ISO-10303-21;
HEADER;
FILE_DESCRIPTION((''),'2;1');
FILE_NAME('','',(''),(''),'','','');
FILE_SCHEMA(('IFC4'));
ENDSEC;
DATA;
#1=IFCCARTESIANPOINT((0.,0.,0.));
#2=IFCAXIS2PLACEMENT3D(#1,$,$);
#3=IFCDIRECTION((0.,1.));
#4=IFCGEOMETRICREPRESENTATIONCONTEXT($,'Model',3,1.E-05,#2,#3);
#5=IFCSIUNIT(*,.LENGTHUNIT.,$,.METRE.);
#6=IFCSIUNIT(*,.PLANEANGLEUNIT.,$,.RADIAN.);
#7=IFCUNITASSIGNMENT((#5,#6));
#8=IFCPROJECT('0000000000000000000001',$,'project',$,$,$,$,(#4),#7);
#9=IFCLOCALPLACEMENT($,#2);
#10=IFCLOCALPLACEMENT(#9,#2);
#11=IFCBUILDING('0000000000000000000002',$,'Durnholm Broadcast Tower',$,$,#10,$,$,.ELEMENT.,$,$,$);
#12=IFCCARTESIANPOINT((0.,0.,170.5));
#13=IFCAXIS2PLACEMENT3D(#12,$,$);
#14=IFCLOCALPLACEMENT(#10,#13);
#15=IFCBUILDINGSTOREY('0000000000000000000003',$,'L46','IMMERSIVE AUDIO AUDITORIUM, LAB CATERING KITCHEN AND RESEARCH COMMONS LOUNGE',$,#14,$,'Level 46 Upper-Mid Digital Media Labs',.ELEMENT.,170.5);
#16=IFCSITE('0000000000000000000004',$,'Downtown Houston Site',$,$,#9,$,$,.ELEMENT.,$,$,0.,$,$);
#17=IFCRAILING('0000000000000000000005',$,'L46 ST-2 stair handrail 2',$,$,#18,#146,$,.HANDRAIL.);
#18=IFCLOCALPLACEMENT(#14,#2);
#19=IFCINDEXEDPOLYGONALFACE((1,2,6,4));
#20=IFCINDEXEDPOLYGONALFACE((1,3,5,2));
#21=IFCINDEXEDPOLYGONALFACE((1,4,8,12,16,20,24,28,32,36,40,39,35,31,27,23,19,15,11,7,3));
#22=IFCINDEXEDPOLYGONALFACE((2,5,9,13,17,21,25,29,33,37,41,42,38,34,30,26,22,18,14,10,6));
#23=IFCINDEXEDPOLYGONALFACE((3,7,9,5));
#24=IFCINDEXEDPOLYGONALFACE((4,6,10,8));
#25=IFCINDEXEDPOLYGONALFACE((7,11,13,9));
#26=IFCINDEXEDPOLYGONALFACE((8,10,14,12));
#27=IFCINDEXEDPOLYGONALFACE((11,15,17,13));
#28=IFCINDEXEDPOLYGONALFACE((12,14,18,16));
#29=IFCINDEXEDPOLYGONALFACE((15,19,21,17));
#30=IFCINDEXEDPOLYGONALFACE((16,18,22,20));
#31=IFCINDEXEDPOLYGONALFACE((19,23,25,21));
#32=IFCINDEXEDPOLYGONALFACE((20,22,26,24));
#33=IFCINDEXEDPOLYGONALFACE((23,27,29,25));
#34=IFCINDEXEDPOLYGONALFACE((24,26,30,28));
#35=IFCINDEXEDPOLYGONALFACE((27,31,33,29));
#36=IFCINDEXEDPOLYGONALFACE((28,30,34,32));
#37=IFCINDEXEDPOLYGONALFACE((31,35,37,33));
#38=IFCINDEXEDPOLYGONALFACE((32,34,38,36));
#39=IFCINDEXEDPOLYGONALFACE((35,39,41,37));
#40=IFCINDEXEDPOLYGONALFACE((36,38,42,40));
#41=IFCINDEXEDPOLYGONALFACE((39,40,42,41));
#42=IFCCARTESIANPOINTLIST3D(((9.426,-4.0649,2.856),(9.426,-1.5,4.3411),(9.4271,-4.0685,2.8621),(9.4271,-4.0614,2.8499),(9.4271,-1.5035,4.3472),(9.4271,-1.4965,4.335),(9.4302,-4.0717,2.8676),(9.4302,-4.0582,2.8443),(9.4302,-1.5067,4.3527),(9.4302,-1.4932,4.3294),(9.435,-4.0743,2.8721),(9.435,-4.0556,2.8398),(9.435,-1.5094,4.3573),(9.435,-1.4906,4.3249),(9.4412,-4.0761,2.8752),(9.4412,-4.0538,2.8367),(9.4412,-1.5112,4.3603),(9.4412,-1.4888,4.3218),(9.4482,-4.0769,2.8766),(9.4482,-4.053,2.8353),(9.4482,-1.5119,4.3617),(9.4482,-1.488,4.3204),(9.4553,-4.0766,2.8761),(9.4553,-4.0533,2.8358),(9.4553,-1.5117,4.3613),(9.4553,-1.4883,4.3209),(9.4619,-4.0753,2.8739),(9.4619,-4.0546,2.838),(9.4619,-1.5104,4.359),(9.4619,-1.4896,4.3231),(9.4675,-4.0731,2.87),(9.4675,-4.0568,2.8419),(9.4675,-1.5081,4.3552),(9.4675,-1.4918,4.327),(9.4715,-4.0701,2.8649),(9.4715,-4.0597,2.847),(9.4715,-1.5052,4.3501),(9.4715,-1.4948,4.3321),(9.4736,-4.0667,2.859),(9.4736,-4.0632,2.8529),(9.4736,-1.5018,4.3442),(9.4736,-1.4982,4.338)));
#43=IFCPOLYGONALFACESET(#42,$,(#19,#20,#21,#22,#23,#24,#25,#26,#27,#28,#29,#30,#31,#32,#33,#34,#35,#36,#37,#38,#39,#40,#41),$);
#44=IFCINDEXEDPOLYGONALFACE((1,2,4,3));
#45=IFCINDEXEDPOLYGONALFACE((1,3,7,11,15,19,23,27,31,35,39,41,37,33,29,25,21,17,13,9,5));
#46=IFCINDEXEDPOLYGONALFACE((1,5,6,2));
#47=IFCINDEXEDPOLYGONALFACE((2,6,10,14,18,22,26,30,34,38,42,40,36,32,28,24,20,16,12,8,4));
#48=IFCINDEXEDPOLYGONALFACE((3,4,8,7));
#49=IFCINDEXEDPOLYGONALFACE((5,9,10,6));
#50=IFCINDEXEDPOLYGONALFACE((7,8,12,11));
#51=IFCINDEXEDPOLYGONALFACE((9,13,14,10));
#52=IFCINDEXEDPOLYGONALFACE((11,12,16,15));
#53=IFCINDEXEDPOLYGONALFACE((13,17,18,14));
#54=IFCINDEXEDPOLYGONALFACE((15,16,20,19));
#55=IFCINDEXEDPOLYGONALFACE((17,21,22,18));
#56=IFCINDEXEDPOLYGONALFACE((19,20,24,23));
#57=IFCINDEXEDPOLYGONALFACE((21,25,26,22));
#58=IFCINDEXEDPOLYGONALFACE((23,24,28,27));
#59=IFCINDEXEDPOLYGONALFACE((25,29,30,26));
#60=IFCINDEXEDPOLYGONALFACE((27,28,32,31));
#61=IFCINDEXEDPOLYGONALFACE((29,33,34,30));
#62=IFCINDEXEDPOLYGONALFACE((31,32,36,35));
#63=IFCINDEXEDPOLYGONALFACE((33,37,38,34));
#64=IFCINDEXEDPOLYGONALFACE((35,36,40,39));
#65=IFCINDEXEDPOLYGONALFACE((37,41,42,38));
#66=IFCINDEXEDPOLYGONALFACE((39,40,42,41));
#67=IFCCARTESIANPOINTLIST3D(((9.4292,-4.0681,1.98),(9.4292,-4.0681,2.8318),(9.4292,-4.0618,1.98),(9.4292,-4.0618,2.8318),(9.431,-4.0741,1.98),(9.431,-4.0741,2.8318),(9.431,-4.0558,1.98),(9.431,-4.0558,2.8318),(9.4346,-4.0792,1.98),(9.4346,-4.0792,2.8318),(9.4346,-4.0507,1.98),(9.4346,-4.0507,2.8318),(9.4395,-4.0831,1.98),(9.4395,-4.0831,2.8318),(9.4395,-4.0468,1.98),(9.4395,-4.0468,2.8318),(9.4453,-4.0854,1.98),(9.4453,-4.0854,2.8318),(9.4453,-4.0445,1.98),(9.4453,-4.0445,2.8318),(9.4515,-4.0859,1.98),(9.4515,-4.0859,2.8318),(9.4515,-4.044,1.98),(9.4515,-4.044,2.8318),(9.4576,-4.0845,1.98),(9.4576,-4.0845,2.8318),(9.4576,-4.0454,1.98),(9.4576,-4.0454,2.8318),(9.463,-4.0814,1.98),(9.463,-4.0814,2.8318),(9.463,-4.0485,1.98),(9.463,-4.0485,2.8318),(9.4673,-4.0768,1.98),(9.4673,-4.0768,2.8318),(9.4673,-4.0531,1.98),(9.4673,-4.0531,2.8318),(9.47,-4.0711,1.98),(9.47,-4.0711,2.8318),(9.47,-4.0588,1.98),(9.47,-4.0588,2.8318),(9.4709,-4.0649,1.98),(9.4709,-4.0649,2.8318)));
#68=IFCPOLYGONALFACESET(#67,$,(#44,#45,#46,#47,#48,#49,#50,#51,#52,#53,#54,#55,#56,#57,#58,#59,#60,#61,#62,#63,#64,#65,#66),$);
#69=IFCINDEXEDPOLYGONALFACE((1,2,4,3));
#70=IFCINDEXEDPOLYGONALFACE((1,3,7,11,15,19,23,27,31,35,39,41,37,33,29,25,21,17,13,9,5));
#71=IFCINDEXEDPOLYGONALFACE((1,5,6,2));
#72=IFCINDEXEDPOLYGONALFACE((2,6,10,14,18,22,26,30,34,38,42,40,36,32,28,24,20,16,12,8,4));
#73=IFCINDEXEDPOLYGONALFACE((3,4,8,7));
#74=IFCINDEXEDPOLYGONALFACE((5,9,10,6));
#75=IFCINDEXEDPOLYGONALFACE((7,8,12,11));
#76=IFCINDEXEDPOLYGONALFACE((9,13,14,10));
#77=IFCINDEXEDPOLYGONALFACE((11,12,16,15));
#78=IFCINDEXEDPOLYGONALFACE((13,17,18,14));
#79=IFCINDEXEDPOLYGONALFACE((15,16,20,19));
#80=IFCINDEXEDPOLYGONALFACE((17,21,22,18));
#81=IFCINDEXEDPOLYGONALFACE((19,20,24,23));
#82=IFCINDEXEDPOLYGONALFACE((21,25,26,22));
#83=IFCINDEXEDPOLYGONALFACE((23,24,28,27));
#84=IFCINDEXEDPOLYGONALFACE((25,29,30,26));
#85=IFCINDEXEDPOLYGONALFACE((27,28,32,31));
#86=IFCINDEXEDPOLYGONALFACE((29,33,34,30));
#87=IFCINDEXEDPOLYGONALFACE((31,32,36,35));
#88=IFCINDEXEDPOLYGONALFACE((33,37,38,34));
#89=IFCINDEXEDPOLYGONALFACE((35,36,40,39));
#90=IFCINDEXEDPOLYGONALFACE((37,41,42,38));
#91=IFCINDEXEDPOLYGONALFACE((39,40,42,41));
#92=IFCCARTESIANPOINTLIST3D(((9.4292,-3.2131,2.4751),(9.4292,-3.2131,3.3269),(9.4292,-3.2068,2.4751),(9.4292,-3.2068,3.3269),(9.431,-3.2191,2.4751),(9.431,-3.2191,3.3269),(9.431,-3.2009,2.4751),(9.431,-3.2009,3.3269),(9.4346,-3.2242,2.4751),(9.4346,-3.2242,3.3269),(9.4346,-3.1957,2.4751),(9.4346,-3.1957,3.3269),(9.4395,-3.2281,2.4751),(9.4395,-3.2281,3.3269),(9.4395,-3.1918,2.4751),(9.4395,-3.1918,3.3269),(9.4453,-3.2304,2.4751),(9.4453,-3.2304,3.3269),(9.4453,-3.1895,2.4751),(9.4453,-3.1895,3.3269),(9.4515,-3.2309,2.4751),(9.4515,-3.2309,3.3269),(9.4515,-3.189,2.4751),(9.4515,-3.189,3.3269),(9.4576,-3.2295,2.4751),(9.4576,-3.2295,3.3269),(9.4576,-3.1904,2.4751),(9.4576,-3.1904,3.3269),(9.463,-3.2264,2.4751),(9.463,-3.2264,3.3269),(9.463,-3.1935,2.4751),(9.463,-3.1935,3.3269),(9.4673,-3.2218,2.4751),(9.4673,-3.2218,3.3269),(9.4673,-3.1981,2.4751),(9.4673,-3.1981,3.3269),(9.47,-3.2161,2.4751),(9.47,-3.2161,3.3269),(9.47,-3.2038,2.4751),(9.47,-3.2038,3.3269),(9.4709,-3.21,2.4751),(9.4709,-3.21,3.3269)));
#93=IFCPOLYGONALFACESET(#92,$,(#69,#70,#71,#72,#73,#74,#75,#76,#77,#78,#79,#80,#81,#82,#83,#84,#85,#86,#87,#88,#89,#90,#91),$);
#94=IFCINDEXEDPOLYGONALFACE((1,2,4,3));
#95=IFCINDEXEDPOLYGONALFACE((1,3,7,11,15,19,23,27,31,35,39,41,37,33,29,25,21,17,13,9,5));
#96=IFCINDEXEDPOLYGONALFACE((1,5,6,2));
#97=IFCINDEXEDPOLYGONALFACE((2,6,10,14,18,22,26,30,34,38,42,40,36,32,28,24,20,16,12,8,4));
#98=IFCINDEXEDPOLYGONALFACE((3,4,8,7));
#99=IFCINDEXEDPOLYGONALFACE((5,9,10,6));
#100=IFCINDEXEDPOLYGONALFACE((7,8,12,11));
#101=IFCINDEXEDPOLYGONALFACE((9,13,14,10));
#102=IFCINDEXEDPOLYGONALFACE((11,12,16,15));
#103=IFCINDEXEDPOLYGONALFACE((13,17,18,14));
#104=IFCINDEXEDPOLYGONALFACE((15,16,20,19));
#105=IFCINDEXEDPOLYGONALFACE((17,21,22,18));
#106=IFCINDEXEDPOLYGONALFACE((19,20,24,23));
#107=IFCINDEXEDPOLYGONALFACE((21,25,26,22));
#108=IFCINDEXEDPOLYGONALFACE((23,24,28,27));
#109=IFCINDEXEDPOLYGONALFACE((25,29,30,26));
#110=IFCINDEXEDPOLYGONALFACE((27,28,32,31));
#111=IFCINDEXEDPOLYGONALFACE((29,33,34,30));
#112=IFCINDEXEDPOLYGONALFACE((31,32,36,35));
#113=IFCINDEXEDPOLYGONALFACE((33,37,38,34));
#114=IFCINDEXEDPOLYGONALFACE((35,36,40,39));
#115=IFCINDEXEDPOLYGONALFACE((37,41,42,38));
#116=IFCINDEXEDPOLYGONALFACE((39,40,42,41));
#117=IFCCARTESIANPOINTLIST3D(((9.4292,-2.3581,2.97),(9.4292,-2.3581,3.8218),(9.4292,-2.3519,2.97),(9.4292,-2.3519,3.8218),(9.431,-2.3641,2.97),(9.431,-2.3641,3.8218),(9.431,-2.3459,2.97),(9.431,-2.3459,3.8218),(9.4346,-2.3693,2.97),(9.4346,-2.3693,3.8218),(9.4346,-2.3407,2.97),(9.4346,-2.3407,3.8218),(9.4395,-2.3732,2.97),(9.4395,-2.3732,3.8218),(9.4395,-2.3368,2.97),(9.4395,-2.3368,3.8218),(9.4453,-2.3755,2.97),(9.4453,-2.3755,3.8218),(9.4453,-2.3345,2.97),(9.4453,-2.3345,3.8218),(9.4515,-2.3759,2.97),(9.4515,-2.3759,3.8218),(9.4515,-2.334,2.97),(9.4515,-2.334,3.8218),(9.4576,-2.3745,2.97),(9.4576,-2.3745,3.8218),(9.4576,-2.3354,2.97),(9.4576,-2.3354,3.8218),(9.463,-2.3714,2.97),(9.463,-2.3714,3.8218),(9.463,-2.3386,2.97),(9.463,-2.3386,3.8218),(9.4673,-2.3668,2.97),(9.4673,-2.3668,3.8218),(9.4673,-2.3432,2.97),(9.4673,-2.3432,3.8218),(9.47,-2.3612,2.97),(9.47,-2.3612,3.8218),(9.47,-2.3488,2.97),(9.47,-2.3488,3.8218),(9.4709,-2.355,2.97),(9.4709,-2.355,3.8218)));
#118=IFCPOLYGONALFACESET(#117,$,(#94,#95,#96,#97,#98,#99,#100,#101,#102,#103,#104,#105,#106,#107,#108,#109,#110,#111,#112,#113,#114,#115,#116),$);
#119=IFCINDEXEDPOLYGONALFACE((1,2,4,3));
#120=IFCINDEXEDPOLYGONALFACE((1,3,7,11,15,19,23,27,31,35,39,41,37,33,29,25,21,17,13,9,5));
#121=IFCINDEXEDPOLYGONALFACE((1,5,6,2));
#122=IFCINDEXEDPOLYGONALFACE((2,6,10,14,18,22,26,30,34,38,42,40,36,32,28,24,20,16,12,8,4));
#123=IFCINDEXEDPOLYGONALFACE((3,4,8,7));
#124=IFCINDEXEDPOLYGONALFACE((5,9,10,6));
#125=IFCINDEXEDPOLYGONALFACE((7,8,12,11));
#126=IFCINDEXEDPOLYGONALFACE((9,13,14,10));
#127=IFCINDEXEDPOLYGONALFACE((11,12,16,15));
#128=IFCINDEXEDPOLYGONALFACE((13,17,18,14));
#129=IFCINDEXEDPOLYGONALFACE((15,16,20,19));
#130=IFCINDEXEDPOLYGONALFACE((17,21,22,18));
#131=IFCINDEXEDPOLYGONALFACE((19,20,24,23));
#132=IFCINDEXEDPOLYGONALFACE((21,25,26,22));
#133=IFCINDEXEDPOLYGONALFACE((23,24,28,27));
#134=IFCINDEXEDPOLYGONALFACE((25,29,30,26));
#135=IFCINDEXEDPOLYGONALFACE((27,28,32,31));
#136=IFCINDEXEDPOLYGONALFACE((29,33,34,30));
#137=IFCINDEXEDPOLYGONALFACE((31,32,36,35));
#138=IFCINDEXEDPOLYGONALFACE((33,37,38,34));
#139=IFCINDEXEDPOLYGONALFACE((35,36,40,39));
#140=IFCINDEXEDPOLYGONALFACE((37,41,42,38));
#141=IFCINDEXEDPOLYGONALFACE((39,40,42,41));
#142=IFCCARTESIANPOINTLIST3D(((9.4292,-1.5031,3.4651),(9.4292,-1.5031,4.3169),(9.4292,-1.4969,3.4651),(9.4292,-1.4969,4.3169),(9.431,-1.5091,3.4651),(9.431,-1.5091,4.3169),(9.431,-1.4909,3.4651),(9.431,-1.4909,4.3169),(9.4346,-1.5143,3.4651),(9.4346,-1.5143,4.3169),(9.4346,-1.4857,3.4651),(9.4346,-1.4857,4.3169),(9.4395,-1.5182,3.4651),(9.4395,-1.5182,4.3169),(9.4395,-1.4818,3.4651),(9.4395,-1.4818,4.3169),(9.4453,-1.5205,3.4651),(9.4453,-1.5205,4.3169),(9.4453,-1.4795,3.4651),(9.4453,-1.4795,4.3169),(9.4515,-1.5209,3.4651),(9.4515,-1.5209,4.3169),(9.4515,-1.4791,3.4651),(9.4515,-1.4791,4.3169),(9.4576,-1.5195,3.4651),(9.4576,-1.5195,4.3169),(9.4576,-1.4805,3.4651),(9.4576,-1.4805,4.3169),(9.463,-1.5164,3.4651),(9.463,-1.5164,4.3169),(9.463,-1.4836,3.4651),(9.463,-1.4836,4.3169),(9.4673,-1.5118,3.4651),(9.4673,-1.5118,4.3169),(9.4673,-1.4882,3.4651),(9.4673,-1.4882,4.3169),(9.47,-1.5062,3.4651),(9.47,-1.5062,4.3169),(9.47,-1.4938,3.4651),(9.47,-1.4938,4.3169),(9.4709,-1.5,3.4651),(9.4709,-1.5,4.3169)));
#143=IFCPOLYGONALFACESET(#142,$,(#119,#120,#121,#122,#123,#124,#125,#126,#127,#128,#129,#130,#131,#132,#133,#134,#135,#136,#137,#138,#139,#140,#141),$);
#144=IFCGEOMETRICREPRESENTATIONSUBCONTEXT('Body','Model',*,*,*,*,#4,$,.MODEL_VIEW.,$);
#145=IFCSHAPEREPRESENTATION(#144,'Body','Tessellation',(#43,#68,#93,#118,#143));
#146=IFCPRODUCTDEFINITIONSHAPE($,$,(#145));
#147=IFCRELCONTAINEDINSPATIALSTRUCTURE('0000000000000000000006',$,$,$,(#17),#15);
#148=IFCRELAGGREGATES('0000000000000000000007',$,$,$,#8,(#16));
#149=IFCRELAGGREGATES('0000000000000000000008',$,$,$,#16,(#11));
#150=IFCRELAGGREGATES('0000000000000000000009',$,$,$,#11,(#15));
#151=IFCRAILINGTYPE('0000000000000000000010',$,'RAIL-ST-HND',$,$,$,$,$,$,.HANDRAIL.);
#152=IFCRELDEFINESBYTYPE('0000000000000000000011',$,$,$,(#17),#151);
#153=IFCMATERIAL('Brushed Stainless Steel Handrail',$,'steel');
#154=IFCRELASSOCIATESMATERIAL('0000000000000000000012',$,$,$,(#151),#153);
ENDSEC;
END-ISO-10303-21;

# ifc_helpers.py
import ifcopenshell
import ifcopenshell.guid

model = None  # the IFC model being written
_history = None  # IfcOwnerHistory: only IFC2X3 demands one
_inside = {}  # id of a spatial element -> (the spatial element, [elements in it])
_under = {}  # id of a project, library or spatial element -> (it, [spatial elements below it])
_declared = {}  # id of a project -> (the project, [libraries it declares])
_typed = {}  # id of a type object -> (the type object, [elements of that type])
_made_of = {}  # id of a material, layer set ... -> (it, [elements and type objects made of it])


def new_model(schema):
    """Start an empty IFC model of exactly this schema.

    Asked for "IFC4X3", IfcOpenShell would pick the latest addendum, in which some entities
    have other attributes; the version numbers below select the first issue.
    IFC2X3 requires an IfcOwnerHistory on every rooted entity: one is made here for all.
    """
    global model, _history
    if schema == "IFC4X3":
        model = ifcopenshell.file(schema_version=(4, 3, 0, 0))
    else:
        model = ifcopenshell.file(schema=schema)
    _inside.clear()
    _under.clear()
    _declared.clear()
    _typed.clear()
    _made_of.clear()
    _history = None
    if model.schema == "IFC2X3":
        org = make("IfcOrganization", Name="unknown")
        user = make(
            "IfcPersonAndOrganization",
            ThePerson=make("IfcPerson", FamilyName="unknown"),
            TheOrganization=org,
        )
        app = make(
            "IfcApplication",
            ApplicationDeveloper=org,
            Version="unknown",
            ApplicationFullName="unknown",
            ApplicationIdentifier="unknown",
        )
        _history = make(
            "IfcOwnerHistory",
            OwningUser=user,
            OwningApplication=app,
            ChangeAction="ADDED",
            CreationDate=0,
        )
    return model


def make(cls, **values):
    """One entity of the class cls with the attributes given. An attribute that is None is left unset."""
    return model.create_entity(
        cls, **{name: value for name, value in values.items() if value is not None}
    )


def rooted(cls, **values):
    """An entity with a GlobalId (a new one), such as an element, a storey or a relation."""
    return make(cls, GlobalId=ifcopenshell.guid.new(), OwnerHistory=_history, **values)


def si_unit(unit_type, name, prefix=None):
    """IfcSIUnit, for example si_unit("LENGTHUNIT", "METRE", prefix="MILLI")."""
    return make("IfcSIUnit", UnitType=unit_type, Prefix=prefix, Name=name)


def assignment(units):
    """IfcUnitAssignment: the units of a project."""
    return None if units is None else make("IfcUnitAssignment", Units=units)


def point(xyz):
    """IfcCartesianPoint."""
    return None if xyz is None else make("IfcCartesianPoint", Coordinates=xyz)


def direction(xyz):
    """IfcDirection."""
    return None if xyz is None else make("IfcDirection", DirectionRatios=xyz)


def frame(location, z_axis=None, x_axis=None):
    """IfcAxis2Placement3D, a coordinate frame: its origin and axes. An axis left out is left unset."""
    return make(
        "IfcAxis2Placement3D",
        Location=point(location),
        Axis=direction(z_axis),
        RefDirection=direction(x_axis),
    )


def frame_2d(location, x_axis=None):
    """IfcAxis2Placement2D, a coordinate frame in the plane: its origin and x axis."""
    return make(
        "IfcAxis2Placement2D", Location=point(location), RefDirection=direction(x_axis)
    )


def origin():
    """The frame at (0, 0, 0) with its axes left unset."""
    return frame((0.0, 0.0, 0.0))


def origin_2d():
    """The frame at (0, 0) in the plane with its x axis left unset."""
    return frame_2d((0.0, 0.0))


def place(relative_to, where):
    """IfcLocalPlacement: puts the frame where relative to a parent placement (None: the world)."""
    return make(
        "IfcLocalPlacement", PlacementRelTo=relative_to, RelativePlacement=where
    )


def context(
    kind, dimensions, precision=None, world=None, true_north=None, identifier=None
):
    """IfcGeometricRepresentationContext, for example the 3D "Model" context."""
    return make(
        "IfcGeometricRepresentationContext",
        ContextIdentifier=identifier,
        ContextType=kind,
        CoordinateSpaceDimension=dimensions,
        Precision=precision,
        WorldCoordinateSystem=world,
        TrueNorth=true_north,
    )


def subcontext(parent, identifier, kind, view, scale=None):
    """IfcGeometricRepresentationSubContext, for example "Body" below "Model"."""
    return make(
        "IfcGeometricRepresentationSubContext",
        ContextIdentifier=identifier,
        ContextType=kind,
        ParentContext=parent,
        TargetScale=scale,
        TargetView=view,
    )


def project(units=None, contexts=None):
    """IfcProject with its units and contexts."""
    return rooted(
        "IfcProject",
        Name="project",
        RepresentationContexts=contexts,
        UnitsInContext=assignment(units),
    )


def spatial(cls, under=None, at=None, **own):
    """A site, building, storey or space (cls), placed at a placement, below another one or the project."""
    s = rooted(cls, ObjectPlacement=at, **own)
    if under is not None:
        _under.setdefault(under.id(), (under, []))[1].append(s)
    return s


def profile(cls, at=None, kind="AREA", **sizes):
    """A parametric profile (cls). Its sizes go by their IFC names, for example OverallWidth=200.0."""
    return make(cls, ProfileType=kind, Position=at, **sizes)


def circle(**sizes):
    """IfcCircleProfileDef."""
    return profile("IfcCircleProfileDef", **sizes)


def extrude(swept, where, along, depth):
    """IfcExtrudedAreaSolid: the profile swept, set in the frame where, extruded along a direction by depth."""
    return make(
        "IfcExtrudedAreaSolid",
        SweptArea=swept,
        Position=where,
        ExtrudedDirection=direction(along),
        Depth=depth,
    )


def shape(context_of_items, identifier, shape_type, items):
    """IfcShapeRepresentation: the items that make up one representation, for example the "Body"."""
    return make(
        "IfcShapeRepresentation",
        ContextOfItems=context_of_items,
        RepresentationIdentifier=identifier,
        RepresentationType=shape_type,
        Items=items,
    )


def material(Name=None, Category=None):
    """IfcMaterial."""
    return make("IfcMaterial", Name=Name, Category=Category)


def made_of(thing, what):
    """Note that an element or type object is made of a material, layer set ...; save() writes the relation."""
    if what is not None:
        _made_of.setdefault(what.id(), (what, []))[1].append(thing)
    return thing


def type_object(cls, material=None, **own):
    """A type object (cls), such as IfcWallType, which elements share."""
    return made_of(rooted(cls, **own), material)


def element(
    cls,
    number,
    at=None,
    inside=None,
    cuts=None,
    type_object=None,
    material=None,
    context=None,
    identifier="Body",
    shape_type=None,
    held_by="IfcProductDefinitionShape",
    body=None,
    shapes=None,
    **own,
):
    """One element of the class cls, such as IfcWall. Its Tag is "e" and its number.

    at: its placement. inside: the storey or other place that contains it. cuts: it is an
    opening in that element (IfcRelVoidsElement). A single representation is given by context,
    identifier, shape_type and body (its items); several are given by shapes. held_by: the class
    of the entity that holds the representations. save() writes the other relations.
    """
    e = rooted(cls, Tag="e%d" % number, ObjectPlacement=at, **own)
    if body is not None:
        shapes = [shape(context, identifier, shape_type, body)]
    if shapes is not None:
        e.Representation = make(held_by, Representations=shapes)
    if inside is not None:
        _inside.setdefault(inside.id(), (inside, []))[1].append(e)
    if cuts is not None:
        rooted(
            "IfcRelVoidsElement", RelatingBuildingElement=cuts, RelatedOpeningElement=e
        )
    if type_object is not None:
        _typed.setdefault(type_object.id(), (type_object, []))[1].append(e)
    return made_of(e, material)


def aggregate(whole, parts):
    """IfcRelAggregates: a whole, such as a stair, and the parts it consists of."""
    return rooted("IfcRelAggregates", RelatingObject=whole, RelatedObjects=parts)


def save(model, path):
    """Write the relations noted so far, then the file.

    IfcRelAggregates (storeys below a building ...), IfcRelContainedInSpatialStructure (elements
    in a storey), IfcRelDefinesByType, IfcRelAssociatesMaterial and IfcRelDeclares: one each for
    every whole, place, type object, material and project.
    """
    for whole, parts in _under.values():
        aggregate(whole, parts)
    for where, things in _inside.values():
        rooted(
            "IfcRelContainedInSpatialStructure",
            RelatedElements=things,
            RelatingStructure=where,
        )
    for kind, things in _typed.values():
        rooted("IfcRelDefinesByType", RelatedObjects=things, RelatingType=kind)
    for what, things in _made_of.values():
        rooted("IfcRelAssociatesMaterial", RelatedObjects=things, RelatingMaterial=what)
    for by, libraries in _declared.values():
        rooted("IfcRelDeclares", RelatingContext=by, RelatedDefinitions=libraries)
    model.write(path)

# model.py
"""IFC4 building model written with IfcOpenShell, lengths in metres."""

from ifc_helpers import new_model, si_unit, direction, frame, origin, origin_2d, place, context, subcontext, project, spatial, circle, extrude, material, type_object, element, save


model = new_model("IFC4")

# Units and contexts
model_context = context("Model", 3, precision=1e-05, world=origin(), true_north=direction((0.0, 1.0)))
body_context = subcontext(model_context, "Body", "Model", "MODEL_VIEW")
ifc_project = project(units=[si_unit("LENGTHUNIT", "METRE"), si_unit("PLANEANGLEUNIT", "RADIAN")], contexts=[model_context])

# Site, building, storey
site_placement = place(None, origin())
site = spatial("IfcSite", under=ifc_project, at=site_placement, Name="Downtown Houston Site", CompositionType="ELEMENT", RefElevation=0.0)
building_placement = place(site_placement, origin())
building = spatial("IfcBuilding", under=site, at=building_placement, Name="Durnholm Broadcast Tower", CompositionType="ELEMENT")
storey_placement = place(building_placement, frame((0.0, 0.0, 170.5)))
storey = spatial("IfcBuildingStorey", under=building, at=storey_placement, Name="L46", Description="IMMERSIVE AUDIO AUDITORIUM, LAB CATERING KITCHEN AND RESEARCH COMMONS LOUNGE", LongName="Level 46 Upper-Mid Digital Media Labs", CompositionType="ELEMENT", Elevation=170.5)

# Railing
ifc_material_1 = material(Name="Brushed Stainless Steel Handrail", Category="steel")
railing_type_1 = type_object("IfcRailingType", Name="RAIL-ST-HND", PredefinedType="HANDRAIL", material=ifc_material_1)
railing_1_placement = place(storey_placement, frame((9.45, -4.0649, 1.98)))
element("IfcRailing", 1, at=railing_1_placement, inside=storey, type_object=railing_type_1, Name="L46 ST-2 stair handrail 2", PredefinedType="HANDRAIL", context=body_context, shape_type="SweptSolid", body=[
    extrude(circle(Radius=0.0239, at=origin_2d()), frame((0.0, 0.0, 0.876), z_axis=(0.0, 0.865406, 0.501072), x_axis=(-1.0, 0.0, 0.0)), (0.0, 0.0, 1.0), 2.9639),
    extrude(circle(Radius=0.021, at=origin_2d()), origin(), (0.0, 0.0, 1.0), 0.8518),
    extrude(circle(Radius=0.021, at=origin_2d()), frame((0.0, 0.855, 0.4951)), (0.0, 0.0, 1.0), 0.8518),
    extrude(circle(Radius=0.021, at=origin_2d()), frame((0.0, 1.71, 0.99)), (0.0, 0.0, 1.0), 0.8518),
    extrude(circle(Radius=0.021, at=origin_2d()), frame((0.0, 2.5649, 1.4851)), (0.0, 0.0, 1.0), 0.8518),
])

save(model, "model.ifc")
